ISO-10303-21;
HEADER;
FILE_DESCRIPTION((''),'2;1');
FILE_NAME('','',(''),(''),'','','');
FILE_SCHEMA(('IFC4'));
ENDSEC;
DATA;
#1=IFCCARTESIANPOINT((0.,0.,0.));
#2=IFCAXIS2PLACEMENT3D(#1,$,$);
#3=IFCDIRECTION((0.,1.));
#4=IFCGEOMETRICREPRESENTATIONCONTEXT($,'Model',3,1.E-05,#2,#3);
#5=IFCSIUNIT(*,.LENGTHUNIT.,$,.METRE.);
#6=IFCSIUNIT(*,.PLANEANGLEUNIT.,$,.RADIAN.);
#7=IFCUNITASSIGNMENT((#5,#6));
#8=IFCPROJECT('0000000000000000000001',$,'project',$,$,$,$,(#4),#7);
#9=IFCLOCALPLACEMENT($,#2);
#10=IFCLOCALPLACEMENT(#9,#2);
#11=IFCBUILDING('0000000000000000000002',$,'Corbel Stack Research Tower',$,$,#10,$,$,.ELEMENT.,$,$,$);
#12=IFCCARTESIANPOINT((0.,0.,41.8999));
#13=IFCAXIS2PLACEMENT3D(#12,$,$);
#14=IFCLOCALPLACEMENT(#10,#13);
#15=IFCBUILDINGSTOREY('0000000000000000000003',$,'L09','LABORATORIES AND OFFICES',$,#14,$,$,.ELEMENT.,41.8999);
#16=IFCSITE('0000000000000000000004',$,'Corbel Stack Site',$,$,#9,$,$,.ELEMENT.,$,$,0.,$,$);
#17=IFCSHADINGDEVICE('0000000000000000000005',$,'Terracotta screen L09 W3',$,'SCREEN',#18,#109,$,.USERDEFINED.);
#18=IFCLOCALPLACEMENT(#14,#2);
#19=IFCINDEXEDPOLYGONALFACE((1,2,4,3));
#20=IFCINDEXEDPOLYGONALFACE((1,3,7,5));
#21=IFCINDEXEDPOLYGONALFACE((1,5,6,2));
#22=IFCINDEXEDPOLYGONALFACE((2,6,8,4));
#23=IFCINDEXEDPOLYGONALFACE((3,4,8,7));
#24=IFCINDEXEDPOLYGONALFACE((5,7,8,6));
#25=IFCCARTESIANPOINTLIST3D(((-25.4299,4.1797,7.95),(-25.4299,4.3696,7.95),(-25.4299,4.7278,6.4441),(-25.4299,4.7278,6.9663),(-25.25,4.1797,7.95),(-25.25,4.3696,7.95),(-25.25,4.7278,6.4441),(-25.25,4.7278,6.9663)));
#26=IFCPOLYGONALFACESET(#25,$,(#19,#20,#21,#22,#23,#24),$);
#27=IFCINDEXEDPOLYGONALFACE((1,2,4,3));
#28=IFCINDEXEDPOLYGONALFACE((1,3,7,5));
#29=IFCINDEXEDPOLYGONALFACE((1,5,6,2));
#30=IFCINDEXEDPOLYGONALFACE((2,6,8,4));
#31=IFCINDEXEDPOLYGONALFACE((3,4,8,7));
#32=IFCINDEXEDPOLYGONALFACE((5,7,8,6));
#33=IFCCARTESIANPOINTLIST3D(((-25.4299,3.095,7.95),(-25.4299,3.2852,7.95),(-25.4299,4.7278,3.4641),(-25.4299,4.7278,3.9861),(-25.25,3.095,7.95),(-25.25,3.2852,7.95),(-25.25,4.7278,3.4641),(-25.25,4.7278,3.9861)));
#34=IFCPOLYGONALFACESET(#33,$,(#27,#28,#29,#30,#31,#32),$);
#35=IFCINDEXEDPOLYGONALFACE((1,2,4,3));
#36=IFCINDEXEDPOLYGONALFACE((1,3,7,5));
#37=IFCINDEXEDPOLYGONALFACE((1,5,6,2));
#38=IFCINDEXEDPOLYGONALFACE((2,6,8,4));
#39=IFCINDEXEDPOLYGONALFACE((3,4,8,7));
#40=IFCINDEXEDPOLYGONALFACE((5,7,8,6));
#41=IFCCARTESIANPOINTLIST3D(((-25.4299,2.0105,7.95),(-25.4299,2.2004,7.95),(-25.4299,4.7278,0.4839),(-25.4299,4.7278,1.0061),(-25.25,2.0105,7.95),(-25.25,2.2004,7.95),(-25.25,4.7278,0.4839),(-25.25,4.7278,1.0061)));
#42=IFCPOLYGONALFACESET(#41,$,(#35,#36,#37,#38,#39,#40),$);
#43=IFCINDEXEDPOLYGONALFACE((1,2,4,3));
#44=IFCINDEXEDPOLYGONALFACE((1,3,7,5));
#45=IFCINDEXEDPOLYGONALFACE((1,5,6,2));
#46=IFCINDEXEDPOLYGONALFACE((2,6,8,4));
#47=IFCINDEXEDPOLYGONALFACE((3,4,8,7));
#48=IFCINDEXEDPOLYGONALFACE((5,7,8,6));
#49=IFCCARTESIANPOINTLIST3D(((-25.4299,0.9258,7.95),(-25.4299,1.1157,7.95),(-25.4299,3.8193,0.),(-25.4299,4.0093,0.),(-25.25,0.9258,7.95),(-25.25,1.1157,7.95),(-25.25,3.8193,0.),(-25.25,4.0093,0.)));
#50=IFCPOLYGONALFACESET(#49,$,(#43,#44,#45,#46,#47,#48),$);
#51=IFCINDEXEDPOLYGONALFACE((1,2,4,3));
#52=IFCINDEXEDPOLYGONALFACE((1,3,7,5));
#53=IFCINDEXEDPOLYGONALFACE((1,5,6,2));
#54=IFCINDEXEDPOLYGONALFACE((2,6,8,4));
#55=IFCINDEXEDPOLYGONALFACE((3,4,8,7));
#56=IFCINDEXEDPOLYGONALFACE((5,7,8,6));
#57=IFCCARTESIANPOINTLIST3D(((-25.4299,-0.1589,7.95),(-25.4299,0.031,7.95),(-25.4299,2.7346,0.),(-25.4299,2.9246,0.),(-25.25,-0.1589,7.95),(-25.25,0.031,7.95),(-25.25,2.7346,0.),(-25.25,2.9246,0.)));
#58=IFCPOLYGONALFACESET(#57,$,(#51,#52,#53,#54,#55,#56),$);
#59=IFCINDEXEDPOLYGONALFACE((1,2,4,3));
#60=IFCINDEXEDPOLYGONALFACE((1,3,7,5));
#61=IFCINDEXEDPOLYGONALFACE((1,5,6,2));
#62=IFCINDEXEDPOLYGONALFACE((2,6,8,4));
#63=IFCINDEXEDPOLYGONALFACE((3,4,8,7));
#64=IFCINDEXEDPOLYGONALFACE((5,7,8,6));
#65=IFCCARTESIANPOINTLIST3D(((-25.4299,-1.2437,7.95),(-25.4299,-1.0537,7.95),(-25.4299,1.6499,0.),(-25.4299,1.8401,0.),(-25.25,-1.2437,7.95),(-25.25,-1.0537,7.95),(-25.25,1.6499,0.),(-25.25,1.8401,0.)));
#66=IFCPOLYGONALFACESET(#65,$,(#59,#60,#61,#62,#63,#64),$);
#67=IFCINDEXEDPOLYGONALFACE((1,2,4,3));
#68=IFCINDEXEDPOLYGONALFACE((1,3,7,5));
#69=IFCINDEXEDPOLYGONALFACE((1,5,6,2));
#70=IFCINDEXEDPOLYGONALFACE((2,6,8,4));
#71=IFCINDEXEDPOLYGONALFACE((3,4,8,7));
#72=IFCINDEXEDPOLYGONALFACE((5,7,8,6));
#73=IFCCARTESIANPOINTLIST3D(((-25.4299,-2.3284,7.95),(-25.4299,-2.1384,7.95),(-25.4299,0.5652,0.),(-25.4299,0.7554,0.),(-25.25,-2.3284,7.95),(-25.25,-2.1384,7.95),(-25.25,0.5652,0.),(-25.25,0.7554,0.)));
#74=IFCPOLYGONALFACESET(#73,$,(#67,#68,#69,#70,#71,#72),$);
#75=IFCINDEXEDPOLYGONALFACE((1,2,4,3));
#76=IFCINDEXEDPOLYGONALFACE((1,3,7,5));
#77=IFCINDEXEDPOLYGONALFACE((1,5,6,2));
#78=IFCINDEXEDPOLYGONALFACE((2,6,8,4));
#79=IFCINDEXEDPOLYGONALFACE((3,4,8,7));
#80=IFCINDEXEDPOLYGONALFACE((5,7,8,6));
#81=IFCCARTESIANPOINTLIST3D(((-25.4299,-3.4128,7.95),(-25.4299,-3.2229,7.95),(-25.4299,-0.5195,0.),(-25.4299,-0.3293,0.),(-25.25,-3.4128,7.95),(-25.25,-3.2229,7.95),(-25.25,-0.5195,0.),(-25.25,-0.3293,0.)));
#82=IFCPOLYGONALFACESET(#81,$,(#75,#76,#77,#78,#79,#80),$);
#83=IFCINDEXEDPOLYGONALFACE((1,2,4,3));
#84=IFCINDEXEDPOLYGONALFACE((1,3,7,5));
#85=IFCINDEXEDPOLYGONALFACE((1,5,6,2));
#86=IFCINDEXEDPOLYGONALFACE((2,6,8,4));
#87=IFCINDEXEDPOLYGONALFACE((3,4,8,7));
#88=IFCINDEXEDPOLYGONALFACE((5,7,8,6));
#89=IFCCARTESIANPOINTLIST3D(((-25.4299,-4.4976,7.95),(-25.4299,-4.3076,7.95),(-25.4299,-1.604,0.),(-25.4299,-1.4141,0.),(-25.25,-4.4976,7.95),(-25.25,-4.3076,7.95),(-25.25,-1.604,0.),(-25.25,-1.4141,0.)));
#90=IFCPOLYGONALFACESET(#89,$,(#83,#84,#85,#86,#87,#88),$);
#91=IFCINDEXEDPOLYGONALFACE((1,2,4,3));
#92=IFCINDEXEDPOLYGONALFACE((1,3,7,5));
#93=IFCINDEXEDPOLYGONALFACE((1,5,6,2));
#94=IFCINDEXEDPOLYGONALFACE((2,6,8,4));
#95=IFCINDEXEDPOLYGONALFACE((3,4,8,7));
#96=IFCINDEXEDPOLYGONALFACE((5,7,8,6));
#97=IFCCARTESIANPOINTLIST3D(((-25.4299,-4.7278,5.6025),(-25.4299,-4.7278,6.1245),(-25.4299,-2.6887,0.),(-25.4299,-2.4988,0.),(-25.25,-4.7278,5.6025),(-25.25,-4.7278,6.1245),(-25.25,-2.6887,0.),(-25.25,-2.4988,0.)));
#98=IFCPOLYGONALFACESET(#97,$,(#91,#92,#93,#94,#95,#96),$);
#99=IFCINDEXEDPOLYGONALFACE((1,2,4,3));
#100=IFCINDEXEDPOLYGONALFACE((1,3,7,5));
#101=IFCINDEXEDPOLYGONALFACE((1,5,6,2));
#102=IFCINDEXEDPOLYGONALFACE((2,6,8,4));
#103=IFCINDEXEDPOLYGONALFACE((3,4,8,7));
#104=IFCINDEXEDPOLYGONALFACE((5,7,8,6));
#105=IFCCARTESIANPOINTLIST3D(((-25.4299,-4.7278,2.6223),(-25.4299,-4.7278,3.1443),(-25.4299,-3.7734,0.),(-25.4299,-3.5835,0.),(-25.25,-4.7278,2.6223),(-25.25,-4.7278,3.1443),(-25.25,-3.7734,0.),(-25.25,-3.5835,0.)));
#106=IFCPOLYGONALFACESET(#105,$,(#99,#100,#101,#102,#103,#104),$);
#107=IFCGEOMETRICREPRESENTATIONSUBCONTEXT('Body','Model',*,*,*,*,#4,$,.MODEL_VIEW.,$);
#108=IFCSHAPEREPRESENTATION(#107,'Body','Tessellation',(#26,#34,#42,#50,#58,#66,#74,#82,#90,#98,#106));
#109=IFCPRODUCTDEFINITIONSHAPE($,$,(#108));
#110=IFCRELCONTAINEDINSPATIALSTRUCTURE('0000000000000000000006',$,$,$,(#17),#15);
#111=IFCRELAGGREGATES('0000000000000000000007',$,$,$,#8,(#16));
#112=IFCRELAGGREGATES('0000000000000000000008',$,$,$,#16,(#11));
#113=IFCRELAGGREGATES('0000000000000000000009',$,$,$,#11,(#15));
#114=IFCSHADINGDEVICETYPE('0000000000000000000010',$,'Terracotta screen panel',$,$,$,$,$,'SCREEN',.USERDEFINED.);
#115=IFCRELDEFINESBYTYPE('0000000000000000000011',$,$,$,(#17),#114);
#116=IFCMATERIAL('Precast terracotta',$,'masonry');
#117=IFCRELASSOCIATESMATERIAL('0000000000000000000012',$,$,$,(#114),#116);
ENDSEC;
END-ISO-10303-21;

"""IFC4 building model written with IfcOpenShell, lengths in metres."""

from ifc_helpers import new_model, si_unit, direction, frame, origin, place, context, subcontext, project, spatial, polyline, outline, extrude, source, transform, mapped, material, type_object, element, save


model = new_model("IFC4")

# Units and contexts
model_context = context("Model", 3, precision=1e-05, world=origin(), true_north=direction((0.0, 1.0)))
body_context = subcontext(model_context, "Body", "Model", "MODEL_VIEW")
ifc_project = project(units=[si_unit("LENGTHUNIT", "METRE"), si_unit("PLANEANGLEUNIT", "RADIAN")], contexts=[model_context])

# Site, building, storey
site_placement = place(None, origin())
site = spatial("IfcSite", under=ifc_project, at=site_placement, Name="Corbel Stack Site", CompositionType="ELEMENT", RefElevation=0.0)
building_placement = place(site_placement, origin())
building = spatial("IfcBuilding", under=site, at=building_placement, Name="Corbel Stack Research Tower", CompositionType="ELEMENT")
storey_placement = place(building_placement, frame((0.0, 0.0, 41.8999)))
storey = spatial("IfcBuildingStorey", under=building, at=storey_placement, Name="L09", Description="LABORATORIES AND OFFICES", CompositionType="ELEMENT", Elevation=41.8999)

# Shading device
ifc_material_1 = material(Name="Precast terracotta", Category="masonry")
shading_device_type = type_object("IfcShadingDeviceType", Name="Terracotta screen panel", ElementType="SCREEN", PredefinedType="USERDEFINED", material=ifc_material_1)
shared_shape = source(origin(), body_context, "Body", "SweptSolid", [
    extrude(outline(polyline([(0.5481, 7.95), (0.3582, 7.95), (0.0, 6.9663), (0.0, 6.4441), (0.5481, 7.95)])), frame((0.0, 0.0, 0.0), z_axis=(0.0, -1.0, 0.0), x_axis=(1.0, 0.0, 0.0)), (0.0, 0.0, 1.0), 0.1799),
    extrude(outline(polyline([(1.6328, 7.95), (1.4426, 7.95), (0.0, 3.9861), (0.0, 3.4641), (1.6328, 7.95)])), frame((0.0, 0.0, 0.0), z_axis=(0.0, -1.0, 0.0), x_axis=(1.0, 0.0, 0.0)), (0.0, 0.0, 1.0), 0.1799),
    extrude(outline(polyline([(2.7173, 7.95), (2.5273, 7.95), (0.0, 1.0061), (0.0, 0.4839), (2.7173, 7.95)])), frame((0.0, 0.0, 0.0), z_axis=(0.0, -1.0, 0.0), x_axis=(1.0, 0.0, 0.0)), (0.0, 0.0, 1.0), 0.1799),
    extrude(outline(polyline([(0.9084, 0.0), (3.802, 7.95), (3.6121, 7.95), (0.7185, 0.0), (0.9084, 0.0)])), frame((0.0, 0.0, 0.0), z_axis=(0.0, -1.0, 0.0), x_axis=(1.0, 0.0, 0.0)), (0.0, 0.0, 1.0), 0.1799),
    extrude(outline(polyline([(1.9932, 0.0), (4.8867, 7.95), (4.6968, 7.95), (1.8032, 0.0), (1.9932, 0.0)])), frame((0.0, 0.0, 0.0), z_axis=(0.0, -1.0, 0.0), x_axis=(1.0, 0.0, 0.0)), (0.0, 0.0, 1.0), 0.1799),
    extrude(outline(polyline([(3.0779, 0.0), (5.9714, 7.95), (5.7815, 7.95), (2.8877, 0.0), (3.0779, 0.0)])), frame((0.0, 0.0, 0.0), z_axis=(0.0, -1.0, 0.0), x_axis=(1.0, 0.0, 0.0)), (0.0, 0.0, 1.0), 0.1799),
    extrude(outline(polyline([(4.1626, 0.0), (7.0562, 7.95), (6.8662, 7.95), (3.9724, 0.0), (4.1626, 0.0)])), frame((0.0, 0.0, 0.0), z_axis=(0.0, -1.0, 0.0), x_axis=(1.0, 0.0, 0.0)), (0.0, 0.0, 1.0), 0.1799),
    extrude(outline(polyline([(5.2473, 0.0), (8.1406, 7.95), (7.9507, 7.95), (5.0571, 0.0), (5.2473, 0.0)])), frame((0.0, 0.0, 0.0), z_axis=(0.0, -1.0, 0.0), x_axis=(1.0, 0.0, 0.0)), (0.0, 0.0, 1.0), 0.1799),
    extrude(outline(polyline([(6.3318, 0.0), (9.2253, 7.95), (9.0354, 7.95), (6.1418, 0.0), (6.3318, 0.0)])), frame((0.0, 0.0, 0.0), z_axis=(0.0, -1.0, 0.0), x_axis=(1.0, 0.0, 0.0)), (0.0, 0.0, 1.0), 0.1799),
    extrude(outline(polyline([(7.4165, 0.0), (9.4556, 5.6025), (9.4556, 6.1245), (7.2266, 0.0), (7.4165, 0.0)])), frame((0.0, 0.0, 0.0), z_axis=(0.0, -1.0, 0.0), x_axis=(1.0, 0.0, 0.0)), (0.0, 0.0, 1.0), 0.1799),
    extrude(outline(polyline([(8.5012, 0.0), (9.4556, 2.6223), (9.4556, 3.1443), (8.3113, 0.0), (8.5012, 0.0)])), frame((0.0, 0.0, 0.0), z_axis=(0.0, -1.0, 0.0), x_axis=(1.0, 0.0, 0.0)), (0.0, 0.0, 1.0), 0.1799),
])
shading_device_placement = place(storey_placement, frame((-25.25, 4.7278, 0.0), z_axis=(0.0, 0.0, 1.0), x_axis=(0.0, -1.0, 0.0)))
element("IfcShadingDevice", 1, at=shading_device_placement, inside=storey, type_object=shading_device_type, Name="Terracotta screen L09 W3", ObjectType="SCREEN", PredefinedType="USERDEFINED", context=body_context, shape_type="MappedRepresentation", body=[
    mapped(shared_shape, transform((0.0, 0.0, 0.0))),
])

save(model, "model.ifc")
